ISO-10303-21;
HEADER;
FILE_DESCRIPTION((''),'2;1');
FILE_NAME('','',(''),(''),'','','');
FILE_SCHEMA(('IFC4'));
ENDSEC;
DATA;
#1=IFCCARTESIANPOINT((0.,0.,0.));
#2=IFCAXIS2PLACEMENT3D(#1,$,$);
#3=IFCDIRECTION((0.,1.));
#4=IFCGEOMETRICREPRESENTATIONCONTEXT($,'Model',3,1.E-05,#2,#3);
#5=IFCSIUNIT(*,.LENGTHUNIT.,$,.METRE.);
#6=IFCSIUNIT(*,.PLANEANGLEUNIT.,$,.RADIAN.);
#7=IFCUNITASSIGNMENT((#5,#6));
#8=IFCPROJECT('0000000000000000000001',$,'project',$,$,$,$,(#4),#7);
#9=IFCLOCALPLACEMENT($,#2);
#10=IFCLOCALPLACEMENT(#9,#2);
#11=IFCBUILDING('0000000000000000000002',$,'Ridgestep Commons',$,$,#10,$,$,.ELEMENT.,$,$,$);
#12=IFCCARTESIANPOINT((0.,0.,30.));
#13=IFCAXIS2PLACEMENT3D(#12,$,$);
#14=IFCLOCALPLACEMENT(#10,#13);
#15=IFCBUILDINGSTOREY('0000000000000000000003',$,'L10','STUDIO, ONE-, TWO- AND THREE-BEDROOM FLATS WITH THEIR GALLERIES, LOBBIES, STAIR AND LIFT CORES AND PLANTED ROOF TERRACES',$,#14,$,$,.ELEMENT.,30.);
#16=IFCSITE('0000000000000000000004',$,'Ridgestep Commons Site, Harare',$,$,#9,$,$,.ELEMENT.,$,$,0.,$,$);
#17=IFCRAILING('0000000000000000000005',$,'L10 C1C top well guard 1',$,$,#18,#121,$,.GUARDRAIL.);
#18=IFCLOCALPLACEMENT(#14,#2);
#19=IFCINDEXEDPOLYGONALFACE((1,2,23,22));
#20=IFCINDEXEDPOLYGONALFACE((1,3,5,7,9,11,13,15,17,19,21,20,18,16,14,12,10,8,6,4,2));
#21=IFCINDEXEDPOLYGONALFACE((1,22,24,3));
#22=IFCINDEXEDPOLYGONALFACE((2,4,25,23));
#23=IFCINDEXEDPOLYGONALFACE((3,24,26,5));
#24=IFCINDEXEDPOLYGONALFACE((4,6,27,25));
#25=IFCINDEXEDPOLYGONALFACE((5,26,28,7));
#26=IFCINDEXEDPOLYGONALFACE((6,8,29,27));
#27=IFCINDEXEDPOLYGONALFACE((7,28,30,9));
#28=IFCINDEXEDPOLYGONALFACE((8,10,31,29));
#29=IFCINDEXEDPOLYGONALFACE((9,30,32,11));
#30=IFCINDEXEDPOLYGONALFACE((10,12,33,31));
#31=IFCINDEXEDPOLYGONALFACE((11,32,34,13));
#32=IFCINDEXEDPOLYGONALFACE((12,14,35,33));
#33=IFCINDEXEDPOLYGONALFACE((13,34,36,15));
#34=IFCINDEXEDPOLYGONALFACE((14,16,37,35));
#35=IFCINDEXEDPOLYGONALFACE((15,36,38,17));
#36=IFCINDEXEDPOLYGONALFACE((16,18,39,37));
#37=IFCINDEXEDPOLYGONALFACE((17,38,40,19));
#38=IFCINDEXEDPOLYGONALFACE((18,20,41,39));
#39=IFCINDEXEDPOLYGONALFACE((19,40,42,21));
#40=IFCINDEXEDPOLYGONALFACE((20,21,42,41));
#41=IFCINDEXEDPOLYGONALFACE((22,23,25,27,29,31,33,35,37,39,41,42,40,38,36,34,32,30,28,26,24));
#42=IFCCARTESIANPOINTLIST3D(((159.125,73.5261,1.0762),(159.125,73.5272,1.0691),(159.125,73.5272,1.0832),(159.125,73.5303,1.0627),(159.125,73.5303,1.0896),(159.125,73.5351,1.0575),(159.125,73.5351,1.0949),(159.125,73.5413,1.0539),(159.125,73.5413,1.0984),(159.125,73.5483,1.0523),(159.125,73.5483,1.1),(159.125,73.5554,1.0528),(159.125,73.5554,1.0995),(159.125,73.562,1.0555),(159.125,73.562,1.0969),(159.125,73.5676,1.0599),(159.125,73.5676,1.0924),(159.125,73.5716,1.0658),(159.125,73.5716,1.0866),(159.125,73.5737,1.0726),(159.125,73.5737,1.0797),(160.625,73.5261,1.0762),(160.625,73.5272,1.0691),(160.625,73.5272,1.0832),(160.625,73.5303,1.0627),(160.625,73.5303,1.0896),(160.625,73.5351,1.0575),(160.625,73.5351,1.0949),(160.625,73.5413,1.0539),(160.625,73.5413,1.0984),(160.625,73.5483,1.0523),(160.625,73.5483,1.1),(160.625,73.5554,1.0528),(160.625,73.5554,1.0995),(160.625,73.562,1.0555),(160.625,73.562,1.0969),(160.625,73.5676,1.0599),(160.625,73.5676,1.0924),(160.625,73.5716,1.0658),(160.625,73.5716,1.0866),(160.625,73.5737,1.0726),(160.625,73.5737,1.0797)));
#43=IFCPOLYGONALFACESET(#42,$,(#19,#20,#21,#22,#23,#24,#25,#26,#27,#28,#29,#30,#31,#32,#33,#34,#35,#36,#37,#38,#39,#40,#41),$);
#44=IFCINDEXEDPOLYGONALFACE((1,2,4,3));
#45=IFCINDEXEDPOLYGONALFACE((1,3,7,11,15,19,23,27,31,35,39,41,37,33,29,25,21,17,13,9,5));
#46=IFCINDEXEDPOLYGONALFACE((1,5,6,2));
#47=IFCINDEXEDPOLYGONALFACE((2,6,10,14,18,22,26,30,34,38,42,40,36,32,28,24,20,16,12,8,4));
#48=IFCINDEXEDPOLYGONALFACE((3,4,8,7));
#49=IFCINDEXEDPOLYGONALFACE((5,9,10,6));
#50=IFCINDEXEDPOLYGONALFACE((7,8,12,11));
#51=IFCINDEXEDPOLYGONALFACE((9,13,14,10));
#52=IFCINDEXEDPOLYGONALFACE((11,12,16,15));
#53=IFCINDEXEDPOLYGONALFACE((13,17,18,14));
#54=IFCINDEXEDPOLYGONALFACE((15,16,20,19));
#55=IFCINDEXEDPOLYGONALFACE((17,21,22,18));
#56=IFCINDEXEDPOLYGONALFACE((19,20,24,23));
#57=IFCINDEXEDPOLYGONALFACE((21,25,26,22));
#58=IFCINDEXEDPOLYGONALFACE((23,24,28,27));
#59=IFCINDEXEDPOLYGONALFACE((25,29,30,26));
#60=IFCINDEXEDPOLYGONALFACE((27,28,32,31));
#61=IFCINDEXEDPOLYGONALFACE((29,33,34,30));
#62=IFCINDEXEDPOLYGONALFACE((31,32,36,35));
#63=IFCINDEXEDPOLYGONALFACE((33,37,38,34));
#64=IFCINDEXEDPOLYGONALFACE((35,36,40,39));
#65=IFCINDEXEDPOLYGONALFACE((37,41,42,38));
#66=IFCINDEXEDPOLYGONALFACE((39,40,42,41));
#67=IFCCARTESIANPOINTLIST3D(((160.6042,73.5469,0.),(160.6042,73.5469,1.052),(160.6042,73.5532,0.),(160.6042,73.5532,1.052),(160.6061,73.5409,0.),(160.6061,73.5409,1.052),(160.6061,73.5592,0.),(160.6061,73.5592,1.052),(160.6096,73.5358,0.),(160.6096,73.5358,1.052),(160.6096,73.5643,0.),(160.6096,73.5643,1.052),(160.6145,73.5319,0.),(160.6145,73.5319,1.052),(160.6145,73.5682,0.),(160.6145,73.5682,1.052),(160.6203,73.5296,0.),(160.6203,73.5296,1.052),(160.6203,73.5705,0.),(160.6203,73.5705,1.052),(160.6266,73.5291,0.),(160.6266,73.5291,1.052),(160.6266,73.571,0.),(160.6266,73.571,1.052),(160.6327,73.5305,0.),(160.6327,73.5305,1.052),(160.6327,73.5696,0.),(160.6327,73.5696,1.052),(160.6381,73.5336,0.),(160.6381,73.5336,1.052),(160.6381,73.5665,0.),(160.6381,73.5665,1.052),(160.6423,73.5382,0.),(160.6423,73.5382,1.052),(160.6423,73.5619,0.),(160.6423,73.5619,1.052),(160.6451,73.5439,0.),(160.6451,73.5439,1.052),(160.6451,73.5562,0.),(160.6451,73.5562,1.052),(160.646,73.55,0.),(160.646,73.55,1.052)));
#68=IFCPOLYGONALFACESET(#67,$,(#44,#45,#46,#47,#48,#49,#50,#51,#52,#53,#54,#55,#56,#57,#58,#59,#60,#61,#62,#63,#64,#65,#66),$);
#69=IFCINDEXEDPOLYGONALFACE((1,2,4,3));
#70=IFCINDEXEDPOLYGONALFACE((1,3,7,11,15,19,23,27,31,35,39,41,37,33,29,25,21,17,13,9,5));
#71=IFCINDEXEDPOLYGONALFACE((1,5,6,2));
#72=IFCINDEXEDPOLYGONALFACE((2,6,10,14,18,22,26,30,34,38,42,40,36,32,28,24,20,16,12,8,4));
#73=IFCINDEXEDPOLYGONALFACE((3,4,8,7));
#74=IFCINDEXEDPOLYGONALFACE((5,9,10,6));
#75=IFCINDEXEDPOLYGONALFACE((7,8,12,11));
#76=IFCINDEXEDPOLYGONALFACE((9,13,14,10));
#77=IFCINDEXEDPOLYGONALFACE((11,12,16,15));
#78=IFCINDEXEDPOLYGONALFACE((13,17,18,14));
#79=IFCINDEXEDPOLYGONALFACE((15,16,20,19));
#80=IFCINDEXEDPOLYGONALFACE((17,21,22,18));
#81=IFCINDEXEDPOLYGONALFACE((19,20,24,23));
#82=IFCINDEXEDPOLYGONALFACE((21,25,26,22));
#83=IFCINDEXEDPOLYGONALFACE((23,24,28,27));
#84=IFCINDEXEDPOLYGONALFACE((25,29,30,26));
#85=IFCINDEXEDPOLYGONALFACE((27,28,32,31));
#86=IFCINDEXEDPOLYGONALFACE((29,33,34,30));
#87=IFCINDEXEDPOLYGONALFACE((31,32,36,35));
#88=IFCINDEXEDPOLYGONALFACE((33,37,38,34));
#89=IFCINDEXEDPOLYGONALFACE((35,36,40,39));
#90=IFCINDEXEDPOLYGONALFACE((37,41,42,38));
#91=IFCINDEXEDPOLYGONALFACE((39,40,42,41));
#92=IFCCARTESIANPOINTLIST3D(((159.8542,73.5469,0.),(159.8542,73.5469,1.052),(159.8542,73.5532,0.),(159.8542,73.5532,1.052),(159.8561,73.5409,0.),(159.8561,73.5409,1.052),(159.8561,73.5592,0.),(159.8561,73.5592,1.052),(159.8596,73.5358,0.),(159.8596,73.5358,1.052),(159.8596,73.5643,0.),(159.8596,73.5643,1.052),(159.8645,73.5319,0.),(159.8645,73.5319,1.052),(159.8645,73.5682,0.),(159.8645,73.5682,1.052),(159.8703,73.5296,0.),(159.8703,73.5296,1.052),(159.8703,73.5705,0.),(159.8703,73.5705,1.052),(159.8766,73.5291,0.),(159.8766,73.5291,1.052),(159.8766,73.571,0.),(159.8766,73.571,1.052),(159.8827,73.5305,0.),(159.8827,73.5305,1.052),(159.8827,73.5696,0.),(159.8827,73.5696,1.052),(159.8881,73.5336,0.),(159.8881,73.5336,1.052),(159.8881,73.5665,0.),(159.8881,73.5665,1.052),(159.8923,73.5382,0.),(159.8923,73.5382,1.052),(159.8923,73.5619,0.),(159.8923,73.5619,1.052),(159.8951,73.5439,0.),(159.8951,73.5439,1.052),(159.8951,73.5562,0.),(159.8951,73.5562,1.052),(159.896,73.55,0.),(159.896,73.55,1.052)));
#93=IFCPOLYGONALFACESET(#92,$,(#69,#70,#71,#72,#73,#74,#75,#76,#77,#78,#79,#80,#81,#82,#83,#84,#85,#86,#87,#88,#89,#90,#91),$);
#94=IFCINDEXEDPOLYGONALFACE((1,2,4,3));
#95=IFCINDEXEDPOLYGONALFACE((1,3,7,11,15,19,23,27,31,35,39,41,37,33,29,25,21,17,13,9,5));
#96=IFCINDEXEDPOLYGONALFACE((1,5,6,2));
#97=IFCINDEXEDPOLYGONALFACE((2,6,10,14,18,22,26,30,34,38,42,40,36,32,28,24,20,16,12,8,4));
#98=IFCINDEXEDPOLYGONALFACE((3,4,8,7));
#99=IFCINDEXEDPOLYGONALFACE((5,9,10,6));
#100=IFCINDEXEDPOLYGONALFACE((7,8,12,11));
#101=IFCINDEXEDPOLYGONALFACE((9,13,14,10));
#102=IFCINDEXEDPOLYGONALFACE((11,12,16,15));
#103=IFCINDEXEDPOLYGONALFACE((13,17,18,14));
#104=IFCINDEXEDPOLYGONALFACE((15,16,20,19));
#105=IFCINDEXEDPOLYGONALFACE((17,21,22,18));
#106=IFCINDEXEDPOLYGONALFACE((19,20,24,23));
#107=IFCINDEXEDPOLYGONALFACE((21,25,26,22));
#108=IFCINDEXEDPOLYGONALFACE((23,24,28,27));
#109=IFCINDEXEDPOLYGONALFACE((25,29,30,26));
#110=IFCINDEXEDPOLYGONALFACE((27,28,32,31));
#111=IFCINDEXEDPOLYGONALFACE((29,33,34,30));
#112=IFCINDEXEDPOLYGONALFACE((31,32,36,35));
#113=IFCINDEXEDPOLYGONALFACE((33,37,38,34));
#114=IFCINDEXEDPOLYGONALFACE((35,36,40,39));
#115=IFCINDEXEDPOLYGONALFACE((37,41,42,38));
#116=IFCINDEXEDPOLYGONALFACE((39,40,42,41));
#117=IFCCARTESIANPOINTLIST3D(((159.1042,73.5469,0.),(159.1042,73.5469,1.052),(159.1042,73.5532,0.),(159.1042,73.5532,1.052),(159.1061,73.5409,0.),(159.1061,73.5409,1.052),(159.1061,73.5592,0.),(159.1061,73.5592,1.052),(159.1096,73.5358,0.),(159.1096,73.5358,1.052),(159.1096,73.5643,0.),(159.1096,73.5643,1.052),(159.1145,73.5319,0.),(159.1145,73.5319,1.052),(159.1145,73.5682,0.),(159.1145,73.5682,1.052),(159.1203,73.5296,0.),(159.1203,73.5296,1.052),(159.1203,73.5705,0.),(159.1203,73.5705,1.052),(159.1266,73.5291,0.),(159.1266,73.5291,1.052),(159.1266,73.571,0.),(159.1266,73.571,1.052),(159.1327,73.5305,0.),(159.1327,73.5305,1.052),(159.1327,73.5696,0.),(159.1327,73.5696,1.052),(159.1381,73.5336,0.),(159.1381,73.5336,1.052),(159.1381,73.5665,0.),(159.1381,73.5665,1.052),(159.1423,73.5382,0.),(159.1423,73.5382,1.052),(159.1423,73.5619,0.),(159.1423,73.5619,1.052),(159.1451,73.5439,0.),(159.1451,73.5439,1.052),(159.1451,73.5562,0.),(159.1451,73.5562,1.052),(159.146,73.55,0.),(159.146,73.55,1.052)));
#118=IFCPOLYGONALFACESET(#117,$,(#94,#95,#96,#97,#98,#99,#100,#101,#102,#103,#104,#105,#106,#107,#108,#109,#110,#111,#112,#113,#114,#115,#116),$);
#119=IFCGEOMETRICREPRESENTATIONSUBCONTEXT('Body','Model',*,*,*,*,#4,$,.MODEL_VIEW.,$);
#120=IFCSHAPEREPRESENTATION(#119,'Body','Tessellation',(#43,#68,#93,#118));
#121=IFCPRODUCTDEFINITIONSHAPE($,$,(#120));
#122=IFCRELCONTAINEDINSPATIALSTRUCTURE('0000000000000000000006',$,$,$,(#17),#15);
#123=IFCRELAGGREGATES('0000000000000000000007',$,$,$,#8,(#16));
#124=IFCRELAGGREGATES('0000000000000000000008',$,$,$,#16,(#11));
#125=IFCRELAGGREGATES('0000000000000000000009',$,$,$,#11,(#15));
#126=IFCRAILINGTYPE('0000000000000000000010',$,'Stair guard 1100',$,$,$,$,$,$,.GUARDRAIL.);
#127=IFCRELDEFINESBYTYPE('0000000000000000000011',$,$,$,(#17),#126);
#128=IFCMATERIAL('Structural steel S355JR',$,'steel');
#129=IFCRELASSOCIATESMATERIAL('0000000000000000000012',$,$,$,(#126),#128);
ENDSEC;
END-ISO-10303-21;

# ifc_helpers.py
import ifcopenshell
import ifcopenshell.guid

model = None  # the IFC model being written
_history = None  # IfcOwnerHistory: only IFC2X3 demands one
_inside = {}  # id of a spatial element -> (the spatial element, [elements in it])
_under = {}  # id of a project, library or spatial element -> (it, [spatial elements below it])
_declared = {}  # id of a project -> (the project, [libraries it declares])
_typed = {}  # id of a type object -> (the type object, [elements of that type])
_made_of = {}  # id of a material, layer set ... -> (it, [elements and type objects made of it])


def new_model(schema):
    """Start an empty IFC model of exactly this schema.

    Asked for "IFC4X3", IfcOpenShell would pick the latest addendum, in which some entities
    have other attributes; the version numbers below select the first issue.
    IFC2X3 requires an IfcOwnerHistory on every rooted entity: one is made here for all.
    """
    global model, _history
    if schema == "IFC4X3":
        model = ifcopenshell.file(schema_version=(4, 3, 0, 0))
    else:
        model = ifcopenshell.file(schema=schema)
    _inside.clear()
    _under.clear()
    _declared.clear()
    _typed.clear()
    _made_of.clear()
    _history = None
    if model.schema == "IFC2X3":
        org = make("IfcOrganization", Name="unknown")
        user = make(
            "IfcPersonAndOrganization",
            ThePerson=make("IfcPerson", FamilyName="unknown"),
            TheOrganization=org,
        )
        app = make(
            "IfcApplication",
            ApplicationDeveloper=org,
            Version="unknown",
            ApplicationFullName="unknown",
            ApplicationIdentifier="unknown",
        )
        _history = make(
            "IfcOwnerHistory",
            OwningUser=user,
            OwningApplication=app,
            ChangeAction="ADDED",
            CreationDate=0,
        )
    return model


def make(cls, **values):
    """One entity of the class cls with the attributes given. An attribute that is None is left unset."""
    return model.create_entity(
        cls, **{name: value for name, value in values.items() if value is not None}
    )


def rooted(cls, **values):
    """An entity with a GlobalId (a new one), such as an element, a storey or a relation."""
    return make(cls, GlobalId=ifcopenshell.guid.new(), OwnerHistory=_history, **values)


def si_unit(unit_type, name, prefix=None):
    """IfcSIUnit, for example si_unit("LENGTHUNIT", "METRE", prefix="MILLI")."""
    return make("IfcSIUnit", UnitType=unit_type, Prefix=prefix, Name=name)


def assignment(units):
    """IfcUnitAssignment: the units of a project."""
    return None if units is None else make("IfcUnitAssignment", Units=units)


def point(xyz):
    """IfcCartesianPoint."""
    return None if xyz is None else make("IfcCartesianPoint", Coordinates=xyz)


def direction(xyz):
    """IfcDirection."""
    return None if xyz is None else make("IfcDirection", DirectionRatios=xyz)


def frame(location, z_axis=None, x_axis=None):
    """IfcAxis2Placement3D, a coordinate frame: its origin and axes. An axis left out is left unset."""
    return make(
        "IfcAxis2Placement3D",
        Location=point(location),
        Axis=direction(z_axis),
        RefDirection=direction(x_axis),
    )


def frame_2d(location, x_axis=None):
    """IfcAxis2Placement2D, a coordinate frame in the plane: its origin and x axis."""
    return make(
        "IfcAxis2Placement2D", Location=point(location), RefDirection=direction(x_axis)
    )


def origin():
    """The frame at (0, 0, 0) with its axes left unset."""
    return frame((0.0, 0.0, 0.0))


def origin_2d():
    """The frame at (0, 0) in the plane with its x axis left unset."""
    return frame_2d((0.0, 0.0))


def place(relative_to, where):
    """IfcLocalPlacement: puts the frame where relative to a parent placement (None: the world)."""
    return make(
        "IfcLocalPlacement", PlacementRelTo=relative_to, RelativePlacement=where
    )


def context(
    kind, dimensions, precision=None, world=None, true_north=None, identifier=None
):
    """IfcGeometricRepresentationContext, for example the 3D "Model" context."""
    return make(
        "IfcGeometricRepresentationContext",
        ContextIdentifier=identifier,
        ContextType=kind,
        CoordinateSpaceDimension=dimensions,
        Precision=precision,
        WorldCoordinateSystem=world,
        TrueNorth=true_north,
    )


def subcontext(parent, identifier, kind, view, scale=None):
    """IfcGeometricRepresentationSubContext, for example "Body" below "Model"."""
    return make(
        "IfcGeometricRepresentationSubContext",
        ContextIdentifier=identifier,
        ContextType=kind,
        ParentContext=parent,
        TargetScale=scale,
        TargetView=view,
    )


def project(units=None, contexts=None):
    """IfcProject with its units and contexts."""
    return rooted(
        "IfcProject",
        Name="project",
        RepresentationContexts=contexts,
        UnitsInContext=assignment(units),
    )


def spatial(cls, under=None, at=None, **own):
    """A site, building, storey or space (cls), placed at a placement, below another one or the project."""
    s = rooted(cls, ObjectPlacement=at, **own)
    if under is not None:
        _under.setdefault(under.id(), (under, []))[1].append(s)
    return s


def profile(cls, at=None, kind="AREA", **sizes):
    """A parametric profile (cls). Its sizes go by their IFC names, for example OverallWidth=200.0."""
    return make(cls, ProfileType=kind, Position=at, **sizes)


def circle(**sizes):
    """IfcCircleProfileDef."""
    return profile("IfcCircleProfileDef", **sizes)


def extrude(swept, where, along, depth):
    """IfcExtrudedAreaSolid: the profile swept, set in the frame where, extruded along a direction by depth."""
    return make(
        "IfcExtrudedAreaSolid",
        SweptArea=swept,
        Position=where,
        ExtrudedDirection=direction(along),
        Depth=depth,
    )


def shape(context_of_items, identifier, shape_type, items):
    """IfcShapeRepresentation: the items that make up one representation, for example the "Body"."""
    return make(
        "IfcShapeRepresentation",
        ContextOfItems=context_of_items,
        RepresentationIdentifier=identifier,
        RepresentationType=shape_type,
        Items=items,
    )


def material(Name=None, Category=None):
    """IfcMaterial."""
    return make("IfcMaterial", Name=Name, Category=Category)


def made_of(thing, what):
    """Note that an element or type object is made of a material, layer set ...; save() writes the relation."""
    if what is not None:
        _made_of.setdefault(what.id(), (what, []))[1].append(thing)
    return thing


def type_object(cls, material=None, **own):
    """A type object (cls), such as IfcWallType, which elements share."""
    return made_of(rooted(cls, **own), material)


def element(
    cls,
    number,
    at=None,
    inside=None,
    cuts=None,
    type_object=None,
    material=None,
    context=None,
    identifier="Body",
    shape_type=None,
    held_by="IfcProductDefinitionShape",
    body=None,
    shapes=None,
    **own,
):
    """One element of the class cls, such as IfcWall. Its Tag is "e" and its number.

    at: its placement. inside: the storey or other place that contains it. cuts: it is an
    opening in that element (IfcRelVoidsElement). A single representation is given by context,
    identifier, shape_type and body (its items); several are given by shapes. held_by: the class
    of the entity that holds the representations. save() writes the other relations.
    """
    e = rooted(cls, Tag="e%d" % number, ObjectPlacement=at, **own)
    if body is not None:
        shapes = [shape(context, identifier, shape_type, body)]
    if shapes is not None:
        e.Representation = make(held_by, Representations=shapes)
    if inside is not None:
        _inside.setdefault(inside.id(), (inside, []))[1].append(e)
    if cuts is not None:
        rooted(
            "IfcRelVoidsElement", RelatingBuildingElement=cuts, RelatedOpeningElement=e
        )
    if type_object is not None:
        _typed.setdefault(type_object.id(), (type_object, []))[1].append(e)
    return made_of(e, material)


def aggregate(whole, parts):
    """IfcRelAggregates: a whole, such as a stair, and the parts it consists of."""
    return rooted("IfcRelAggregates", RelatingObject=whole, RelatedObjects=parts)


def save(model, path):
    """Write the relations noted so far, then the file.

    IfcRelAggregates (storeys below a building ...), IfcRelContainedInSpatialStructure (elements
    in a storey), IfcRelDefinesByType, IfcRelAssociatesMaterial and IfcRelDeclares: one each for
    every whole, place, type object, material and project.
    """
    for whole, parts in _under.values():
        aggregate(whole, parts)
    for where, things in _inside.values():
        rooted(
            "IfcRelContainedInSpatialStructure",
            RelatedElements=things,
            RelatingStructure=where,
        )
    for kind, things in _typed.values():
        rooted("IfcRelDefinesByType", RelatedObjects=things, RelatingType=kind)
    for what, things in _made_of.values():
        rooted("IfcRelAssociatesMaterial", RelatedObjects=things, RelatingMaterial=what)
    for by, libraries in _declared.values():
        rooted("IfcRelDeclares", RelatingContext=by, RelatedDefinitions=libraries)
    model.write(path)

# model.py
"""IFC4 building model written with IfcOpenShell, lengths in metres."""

from ifc_helpers import new_model, si_unit, direction, frame, origin, origin_2d, place, context, subcontext, project, spatial, circle, extrude, material, type_object, element, save


model = new_model("IFC4")

# Units and contexts
model_context = context("Model", 3, precision=1e-05, world=origin(), true_north=direction((0.0, 1.0)))
body_context = subcontext(model_context, "Body", "Model", "MODEL_VIEW")
ifc_project = project(units=[si_unit("LENGTHUNIT", "METRE"), si_unit("PLANEANGLEUNIT", "RADIAN")], contexts=[model_context])

# Site, building, storey
site_placement = place(None, origin())
site = spatial("IfcSite", under=ifc_project, at=site_placement, Name="Ridgestep Commons Site, Harare", CompositionType="ELEMENT", RefElevation=0.0)
building_placement = place(site_placement, origin())
building = spatial("IfcBuilding", under=site, at=building_placement, Name="Ridgestep Commons", CompositionType="ELEMENT")
storey_placement = place(building_placement, frame((0.0, 0.0, 30.0)))
storey = spatial("IfcBuildingStorey", under=building, at=storey_placement, Name="L10", Description="STUDIO, ONE-, TWO- AND THREE-BEDROOM FLATS WITH THEIR GALLERIES, LOBBIES, STAIR AND LIFT CORES AND PLANTED ROOF TERRACES", CompositionType="ELEMENT", Elevation=30.0)

# Railing
ifc_material_1 = material(Name="Structural steel S355JR", Category="steel")
railing_type_1 = type_object("IfcRailingType", Name="Stair guard 1100", PredefinedType="GUARDRAIL", material=ifc_material_1)
railing_1_placement = place(storey_placement, frame((160.625, 73.55, 0.0)))
element("IfcRailing", 1, at=railing_1_placement, inside=storey, type_object=railing_type_1, Name="L10 C1C top well guard 1", PredefinedType="GUARDRAIL", context=body_context, shape_type="SweptSolid", body=[
    extrude(circle(Radius=0.0239, at=origin_2d()), frame((0.0, 0.0, 1.0762), z_axis=(-1.0, 0.0, 0.0), x_axis=(0.0, -1.0, 0.0)), (0.0, 0.0, 1.0), 1.5),
    extrude(circle(Radius=0.021, at=origin_2d()), origin(), (0.0, 0.0, 1.0), 1.052),
    extrude(circle(Radius=0.021, at=origin_2d()), frame((-0.75, 0.0, 0.0)), (0.0, 0.0, 1.0), 1.052),
    extrude(circle(Radius=0.021, at=origin_2d()), frame((-1.5, 0.0, 0.0)), (0.0, 0.0, 1.0), 1.052),
])

save(model, "model.ifc")
